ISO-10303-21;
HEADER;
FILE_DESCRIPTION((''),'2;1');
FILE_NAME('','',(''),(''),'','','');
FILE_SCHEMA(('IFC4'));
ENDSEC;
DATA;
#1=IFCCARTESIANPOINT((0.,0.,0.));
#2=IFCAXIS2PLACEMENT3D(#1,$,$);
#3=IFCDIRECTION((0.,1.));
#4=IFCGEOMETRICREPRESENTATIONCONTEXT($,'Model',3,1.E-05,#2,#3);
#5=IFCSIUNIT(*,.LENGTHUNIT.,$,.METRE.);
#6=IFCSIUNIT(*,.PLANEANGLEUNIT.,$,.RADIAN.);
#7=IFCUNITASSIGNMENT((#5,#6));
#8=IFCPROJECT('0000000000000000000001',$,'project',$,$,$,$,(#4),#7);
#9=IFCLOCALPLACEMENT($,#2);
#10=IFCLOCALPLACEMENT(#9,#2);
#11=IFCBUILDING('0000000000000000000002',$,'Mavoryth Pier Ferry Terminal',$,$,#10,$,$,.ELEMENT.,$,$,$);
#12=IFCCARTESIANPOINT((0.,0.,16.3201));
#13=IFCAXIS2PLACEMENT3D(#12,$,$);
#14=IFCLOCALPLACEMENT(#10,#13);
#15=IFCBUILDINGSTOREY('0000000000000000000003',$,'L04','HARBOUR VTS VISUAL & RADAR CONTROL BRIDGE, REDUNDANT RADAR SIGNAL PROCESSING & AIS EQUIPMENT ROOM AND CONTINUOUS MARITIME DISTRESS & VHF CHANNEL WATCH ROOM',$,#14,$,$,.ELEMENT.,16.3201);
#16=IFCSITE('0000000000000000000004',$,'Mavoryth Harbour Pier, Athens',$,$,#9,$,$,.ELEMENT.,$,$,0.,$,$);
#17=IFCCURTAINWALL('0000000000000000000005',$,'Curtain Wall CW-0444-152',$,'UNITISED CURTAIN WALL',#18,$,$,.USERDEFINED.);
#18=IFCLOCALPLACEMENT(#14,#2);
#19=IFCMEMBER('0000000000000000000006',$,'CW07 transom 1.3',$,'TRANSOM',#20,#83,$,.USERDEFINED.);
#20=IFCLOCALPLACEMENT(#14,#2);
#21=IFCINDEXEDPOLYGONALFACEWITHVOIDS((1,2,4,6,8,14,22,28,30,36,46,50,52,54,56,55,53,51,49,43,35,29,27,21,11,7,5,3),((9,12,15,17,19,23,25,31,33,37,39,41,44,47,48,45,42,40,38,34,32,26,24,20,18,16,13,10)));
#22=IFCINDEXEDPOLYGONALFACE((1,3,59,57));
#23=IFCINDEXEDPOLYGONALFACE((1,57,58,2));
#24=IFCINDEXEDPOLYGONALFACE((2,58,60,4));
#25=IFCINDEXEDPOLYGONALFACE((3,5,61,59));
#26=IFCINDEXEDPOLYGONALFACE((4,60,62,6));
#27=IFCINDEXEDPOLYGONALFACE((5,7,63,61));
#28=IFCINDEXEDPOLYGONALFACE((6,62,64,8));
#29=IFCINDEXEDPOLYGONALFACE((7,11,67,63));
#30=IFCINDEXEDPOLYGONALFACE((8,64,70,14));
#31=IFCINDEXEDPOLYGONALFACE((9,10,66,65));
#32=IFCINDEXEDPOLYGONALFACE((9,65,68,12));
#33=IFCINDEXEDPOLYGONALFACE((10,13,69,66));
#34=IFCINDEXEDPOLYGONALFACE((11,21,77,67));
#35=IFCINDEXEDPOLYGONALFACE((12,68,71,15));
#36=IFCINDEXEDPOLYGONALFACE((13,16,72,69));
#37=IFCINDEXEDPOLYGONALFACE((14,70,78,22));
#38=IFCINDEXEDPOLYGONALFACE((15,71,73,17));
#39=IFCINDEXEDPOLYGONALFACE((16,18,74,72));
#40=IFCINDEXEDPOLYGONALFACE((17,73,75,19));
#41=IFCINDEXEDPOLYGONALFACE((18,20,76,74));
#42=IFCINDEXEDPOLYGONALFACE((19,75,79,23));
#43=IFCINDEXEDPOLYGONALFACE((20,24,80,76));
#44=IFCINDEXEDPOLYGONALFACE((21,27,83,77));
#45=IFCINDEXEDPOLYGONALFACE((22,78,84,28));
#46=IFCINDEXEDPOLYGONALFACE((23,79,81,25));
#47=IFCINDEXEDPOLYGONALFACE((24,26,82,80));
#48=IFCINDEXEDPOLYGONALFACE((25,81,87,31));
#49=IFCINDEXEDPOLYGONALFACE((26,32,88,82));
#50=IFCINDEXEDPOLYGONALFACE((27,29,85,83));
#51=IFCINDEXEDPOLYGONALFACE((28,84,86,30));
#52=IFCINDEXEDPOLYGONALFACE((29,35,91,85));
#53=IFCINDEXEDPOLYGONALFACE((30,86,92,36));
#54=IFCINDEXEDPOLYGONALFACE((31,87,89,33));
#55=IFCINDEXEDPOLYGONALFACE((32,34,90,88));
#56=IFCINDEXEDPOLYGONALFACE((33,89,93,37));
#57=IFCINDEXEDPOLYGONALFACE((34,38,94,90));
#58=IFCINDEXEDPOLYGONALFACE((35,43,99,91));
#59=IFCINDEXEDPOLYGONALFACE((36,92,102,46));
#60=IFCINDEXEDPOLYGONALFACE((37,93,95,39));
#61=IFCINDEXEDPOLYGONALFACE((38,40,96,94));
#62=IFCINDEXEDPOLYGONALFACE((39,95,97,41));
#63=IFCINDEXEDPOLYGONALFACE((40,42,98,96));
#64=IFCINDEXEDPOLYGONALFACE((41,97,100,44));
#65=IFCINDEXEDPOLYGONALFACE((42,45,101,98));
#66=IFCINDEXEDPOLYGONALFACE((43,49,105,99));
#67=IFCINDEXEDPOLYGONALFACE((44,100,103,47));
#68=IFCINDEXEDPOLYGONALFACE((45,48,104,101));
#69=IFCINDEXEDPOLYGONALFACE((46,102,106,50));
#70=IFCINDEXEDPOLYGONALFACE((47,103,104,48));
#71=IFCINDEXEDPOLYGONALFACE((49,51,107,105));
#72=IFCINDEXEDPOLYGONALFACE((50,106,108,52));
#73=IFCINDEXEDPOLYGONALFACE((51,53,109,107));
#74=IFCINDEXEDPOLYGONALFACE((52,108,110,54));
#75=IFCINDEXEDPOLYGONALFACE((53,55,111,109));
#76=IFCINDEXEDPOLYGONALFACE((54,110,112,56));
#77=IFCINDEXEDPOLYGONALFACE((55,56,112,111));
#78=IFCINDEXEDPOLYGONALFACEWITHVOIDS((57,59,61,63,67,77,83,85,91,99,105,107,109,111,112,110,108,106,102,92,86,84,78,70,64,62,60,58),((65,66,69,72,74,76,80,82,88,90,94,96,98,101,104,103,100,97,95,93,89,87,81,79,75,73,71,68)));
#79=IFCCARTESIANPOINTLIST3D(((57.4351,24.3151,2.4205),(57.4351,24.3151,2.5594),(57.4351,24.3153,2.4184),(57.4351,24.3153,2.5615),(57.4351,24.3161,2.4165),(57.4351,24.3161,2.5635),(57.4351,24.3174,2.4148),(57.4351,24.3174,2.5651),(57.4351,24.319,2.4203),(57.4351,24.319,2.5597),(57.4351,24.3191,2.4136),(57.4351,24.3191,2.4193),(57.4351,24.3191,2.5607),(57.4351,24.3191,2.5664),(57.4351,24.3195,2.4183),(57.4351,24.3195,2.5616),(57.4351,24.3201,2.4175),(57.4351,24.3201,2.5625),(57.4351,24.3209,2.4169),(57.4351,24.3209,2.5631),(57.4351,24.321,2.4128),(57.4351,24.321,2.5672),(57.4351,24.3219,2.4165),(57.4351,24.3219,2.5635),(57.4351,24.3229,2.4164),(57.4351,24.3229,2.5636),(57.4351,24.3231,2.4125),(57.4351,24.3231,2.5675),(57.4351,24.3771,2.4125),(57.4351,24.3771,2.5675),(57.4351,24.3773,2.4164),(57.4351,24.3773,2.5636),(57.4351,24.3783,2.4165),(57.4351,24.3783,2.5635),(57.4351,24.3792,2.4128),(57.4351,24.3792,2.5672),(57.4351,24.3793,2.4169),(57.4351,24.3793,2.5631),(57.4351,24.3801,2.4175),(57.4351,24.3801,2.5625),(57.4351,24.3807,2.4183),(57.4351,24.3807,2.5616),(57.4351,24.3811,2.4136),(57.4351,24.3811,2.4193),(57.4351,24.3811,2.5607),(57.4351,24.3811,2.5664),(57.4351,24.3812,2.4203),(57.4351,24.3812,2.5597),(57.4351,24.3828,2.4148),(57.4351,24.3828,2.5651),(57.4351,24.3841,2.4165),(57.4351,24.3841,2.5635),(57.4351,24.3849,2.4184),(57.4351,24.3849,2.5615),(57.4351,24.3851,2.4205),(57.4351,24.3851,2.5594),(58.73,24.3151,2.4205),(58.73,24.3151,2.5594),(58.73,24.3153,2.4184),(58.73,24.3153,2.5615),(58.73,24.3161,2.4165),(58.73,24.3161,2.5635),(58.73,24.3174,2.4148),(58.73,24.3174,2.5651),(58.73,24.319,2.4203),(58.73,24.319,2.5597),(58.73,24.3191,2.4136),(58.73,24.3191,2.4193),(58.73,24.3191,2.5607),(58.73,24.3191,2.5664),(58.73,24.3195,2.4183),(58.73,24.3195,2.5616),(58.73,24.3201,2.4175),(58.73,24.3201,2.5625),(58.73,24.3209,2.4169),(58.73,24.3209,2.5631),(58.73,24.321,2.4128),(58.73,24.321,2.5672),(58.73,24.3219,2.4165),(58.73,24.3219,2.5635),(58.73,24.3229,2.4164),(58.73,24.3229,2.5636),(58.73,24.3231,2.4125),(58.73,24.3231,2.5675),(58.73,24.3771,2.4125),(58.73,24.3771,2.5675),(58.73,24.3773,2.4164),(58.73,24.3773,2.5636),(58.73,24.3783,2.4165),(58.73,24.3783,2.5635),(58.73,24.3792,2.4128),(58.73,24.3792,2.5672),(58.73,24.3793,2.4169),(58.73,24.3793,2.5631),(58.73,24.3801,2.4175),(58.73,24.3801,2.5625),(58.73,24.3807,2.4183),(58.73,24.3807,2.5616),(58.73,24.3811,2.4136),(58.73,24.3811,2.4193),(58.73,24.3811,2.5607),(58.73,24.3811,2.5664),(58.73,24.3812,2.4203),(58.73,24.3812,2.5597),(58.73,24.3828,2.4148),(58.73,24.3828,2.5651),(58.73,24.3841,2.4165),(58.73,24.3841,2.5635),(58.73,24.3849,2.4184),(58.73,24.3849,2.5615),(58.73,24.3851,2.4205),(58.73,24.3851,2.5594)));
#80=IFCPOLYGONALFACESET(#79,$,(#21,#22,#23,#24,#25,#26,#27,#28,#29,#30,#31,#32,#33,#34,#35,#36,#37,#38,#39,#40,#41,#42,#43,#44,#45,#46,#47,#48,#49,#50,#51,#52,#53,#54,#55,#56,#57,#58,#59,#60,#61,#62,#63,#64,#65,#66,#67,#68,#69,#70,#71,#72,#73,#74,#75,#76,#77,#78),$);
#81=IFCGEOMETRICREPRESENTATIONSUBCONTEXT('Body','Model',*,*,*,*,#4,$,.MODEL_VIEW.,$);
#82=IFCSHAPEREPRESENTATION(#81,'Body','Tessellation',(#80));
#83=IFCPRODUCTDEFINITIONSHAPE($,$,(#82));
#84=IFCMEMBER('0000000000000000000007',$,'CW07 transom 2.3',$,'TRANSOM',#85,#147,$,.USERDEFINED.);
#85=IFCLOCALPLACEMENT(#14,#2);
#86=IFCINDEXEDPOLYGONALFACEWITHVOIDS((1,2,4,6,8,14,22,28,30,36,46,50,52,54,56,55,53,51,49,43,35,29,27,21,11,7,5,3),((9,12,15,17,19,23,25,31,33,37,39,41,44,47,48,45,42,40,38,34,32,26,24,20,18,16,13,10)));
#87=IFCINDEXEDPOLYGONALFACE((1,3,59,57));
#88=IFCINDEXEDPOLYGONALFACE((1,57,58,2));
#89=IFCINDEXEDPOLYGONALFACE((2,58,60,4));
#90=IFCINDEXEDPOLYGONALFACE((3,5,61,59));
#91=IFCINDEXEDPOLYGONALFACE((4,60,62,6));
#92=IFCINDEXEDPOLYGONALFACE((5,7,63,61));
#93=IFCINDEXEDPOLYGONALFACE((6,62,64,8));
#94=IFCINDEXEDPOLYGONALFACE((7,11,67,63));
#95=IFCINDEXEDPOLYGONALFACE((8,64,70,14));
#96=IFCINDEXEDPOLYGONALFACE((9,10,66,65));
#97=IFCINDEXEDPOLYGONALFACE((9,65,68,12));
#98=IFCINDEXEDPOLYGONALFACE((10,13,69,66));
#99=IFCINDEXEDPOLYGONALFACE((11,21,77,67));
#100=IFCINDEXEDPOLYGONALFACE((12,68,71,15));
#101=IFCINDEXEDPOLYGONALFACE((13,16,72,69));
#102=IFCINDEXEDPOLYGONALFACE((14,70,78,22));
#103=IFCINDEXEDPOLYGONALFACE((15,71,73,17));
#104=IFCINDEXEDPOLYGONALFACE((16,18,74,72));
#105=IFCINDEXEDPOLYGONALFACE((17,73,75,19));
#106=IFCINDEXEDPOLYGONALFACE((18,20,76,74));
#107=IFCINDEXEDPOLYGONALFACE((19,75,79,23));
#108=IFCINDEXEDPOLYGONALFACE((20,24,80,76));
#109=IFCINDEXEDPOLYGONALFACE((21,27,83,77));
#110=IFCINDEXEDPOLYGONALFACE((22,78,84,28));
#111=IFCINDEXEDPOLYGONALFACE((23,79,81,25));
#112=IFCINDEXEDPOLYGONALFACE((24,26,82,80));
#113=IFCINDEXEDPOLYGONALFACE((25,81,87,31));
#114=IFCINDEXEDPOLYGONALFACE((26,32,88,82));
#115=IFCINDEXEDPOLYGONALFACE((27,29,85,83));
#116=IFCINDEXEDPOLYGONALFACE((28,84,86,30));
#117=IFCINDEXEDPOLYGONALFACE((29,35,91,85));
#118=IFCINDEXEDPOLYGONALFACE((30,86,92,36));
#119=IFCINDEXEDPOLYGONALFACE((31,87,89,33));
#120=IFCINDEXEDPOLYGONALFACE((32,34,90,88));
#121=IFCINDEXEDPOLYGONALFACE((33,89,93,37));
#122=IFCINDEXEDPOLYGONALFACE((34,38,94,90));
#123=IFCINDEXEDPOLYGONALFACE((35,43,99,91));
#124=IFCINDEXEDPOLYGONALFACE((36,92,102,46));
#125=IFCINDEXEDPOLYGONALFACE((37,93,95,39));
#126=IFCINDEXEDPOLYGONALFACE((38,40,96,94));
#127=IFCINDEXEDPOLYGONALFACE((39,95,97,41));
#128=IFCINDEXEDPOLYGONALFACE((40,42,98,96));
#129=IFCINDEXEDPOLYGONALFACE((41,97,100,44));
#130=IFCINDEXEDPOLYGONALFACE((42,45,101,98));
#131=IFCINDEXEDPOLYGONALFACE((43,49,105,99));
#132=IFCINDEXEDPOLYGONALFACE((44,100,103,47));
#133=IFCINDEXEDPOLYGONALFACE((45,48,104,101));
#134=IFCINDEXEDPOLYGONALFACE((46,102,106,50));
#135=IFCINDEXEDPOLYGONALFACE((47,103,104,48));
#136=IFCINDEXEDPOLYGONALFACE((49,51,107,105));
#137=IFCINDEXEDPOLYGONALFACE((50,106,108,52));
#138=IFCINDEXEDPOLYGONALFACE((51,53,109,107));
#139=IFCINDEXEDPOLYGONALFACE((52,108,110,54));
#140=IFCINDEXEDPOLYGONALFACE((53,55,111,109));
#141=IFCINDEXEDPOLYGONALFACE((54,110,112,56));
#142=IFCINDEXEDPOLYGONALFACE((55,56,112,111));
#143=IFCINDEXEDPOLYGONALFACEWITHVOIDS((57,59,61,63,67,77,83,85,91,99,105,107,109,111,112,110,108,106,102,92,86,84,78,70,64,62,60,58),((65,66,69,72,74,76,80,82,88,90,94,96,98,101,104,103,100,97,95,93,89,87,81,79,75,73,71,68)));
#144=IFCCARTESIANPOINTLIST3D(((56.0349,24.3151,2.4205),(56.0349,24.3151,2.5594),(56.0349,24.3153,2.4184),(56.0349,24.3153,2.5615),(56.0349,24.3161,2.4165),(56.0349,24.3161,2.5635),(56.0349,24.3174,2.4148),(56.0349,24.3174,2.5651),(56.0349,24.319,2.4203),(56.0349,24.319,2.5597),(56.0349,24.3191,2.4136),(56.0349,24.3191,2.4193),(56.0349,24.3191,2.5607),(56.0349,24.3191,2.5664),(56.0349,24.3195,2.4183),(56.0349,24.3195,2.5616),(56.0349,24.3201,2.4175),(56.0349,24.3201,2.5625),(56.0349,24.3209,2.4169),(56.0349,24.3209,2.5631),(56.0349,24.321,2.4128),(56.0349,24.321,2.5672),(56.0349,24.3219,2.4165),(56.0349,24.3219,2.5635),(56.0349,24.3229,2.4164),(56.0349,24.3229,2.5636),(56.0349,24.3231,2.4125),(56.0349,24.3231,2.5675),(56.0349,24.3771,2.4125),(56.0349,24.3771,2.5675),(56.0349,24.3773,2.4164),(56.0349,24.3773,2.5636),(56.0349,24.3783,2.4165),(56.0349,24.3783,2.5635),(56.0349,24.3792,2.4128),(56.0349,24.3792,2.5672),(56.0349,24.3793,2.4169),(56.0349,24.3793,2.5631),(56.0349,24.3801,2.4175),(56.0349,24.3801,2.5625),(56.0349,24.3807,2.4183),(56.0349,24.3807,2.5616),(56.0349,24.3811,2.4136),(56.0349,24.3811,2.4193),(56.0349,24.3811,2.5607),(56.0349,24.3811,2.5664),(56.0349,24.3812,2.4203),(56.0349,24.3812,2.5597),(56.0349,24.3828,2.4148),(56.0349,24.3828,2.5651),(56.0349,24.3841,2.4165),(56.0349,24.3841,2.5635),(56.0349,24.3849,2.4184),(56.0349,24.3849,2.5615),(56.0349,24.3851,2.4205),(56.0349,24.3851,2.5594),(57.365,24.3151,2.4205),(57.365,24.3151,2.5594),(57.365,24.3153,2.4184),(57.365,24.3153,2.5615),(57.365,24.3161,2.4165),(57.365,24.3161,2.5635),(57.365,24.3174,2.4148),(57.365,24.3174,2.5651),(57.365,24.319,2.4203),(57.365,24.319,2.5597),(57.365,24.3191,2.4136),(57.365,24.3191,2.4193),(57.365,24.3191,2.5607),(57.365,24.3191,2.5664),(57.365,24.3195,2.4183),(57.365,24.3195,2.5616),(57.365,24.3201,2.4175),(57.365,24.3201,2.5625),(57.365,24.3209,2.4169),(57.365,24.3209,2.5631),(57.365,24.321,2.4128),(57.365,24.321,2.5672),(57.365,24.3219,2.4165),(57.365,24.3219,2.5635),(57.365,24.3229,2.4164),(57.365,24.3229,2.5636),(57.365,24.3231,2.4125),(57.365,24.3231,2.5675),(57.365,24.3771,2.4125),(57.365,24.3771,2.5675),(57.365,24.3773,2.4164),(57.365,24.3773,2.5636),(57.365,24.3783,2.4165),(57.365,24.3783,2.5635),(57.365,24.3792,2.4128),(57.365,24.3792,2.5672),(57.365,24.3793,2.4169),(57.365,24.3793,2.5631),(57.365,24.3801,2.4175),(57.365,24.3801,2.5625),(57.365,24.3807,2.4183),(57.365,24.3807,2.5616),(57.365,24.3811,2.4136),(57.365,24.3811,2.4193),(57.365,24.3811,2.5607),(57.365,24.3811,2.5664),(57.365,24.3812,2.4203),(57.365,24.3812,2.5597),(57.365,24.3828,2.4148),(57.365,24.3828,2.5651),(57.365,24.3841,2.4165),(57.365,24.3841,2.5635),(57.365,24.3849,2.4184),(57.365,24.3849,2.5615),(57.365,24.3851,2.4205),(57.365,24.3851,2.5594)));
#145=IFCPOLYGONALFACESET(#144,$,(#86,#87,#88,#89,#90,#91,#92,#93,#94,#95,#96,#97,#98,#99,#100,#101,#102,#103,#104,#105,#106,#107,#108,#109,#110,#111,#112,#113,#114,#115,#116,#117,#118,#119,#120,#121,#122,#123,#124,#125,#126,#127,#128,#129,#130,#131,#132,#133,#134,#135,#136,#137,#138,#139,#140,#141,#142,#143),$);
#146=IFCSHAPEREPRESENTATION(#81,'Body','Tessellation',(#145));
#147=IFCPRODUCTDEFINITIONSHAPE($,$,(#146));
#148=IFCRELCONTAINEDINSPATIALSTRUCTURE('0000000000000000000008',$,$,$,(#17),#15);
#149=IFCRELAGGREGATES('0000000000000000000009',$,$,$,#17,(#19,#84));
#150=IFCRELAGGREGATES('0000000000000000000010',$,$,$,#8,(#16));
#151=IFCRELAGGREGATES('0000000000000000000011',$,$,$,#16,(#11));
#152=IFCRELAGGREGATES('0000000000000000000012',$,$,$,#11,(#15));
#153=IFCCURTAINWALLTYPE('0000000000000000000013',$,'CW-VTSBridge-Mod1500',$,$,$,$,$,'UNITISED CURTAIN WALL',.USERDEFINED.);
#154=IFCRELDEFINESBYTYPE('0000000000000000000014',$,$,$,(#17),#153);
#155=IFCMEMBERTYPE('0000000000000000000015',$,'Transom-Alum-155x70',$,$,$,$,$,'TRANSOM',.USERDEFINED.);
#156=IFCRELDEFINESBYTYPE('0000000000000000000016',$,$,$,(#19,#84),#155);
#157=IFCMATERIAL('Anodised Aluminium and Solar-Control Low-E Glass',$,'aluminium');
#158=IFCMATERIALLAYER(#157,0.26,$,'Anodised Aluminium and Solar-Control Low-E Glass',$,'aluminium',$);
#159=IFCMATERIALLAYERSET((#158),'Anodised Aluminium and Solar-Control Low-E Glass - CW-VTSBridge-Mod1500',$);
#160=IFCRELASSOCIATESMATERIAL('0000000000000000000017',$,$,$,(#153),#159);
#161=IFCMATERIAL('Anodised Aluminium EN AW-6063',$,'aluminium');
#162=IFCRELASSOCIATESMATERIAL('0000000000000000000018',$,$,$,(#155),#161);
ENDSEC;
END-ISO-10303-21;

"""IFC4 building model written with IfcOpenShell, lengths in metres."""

from ifc_helpers import new_model, si_unit, direction, frame, origin, origin_2d, place, context, subcontext, project, spatial, hollow_rectangle, extrude, material, layer, layer_set, material_profile, profile_set, type_object, element, aggregate, save


model = new_model("IFC4")

# Units and contexts
model_context = context("Model", 3, precision=1e-05, world=origin(), true_north=direction((0.0, 1.0)))
body_context = subcontext(model_context, "Body", "Model", "MODEL_VIEW")
ifc_project = project(units=[si_unit("LENGTHUNIT", "METRE"), si_unit("PLANEANGLEUNIT", "RADIAN")], contexts=[model_context])

# Site, building, storey
site_placement = place(None, origin())
site = spatial("IfcSite", under=ifc_project, at=site_placement, Name="Mavoryth Harbour Pier, Athens", CompositionType="ELEMENT", RefElevation=0.0)
building_placement = place(site_placement, origin())
building = spatial("IfcBuilding", under=site, at=building_placement, Name="Mavoryth Pier Ferry Terminal", CompositionType="ELEMENT")
storey_placement = place(building_placement, frame((0.0, 0.0, 16.3201)))
storey = spatial("IfcBuildingStorey", under=building, at=storey_placement, Name="L04", Description="HARBOUR VTS VISUAL & RADAR CONTROL BRIDGE, REDUNDANT RADAR SIGNAL PROCESSING & AIS EQUIPMENT ROOM AND CONTINUOUS MARITIME DISTRESS & VHF CHANNEL WATCH ROOM", CompositionType="ELEMENT", Elevation=16.3201)

# Curtain wall
ifc_material_1 = material(Name="Anodised Aluminium and Solar-Control Low-E Glass", Category="aluminium")
ifc_layer_1 = layer(ifc_material_1, 0.26, Name="Anodised Aluminium and Solar-Control Low-E Glass", Category="aluminium")
ifc_layer_set_1 = layer_set([ifc_layer_1], Name="Anodised Aluminium and Solar-Control Low-E Glass - CW-VTSBridge-Mod1500")
curtain_wall_type = type_object("IfcCurtainWallType", Name="CW-VTSBridge-Mod1500", ElementType="UNITISED CURTAIN WALL", PredefinedType="USERDEFINED", material=ifc_layer_set_1)
curtain_wall_1_placement = place(storey_placement, origin())
curtain_wall_1 = element("IfcCurtainWall", 1, at=curtain_wall_1_placement, inside=storey, type_object=curtain_wall_type, Name="Curtain Wall CW-0444-152", ObjectType="UNITISED CURTAIN WALL", PredefinedType="USERDEFINED")
ifc_material_2 = material(Name="Anodised Aluminium EN AW-6063", Category="aluminium")

# Members
ifc_material_profile_1 = material_profile(ifc_material_2, hollow_rectangle(XDim=0.0701, YDim=0.155, WallThickness=0.0039, InnerFilletRadius=0.0039, OuterFilletRadius=0.0081, at=origin_2d()), Name="AL-TRAN 155x70x4", Category="aluminium")
ifc_profile_set_1 = profile_set([ifc_material_profile_1], Name="Anodised Aluminium EN AW-6063 - AL-TRAN 155x70x4")
member_type_1 = type_object("IfcMemberType", Name="Transom-Alum-155x70", ElementType="TRANSOM", PredefinedType="USERDEFINED", material=ifc_profile_set_1)
member_1_placement = place(storey_placement, frame((58.73, 24.3501, 2.49), z_axis=(-1.0, 0.0, 0.0), x_axis=(0.0, -1.0, 0.0)))
member_1 = element("IfcMember", 2, at=member_1_placement, type_object=member_type_1, Name="CW07 transom 1.3", ObjectType="TRANSOM", PredefinedType="USERDEFINED", context=body_context, shape_type="SweptSolid", body=[
    extrude(hollow_rectangle(XDim=0.0701, YDim=0.155, WallThickness=0.0039, InnerFilletRadius=0.0039, OuterFilletRadius=0.0081, at=origin_2d()), origin(), (0.0, 0.0, 1.0), 1.2949),
])
member_2_placement = place(storey_placement, frame((57.365, 24.3501, 2.49), z_axis=(-1.0, 0.0, 0.0), x_axis=(0.0, -1.0, 0.0)))
member_2 = element("IfcMember", 3, at=member_2_placement, type_object=member_type_1, Name="CW07 transom 2.3", ObjectType="TRANSOM", PredefinedType="USERDEFINED", context=body_context, shape_type="SweptSolid", body=[
    extrude(hollow_rectangle(XDim=0.0701, YDim=0.155, WallThickness=0.0039, InnerFilletRadius=0.0039, OuterFilletRadius=0.0081, at=origin_2d()), origin(), (0.0, 0.0, 1.0), 1.3301),
])

aggregate(curtain_wall_1, [member_1, member_2])

save(model, "model.ifc")
